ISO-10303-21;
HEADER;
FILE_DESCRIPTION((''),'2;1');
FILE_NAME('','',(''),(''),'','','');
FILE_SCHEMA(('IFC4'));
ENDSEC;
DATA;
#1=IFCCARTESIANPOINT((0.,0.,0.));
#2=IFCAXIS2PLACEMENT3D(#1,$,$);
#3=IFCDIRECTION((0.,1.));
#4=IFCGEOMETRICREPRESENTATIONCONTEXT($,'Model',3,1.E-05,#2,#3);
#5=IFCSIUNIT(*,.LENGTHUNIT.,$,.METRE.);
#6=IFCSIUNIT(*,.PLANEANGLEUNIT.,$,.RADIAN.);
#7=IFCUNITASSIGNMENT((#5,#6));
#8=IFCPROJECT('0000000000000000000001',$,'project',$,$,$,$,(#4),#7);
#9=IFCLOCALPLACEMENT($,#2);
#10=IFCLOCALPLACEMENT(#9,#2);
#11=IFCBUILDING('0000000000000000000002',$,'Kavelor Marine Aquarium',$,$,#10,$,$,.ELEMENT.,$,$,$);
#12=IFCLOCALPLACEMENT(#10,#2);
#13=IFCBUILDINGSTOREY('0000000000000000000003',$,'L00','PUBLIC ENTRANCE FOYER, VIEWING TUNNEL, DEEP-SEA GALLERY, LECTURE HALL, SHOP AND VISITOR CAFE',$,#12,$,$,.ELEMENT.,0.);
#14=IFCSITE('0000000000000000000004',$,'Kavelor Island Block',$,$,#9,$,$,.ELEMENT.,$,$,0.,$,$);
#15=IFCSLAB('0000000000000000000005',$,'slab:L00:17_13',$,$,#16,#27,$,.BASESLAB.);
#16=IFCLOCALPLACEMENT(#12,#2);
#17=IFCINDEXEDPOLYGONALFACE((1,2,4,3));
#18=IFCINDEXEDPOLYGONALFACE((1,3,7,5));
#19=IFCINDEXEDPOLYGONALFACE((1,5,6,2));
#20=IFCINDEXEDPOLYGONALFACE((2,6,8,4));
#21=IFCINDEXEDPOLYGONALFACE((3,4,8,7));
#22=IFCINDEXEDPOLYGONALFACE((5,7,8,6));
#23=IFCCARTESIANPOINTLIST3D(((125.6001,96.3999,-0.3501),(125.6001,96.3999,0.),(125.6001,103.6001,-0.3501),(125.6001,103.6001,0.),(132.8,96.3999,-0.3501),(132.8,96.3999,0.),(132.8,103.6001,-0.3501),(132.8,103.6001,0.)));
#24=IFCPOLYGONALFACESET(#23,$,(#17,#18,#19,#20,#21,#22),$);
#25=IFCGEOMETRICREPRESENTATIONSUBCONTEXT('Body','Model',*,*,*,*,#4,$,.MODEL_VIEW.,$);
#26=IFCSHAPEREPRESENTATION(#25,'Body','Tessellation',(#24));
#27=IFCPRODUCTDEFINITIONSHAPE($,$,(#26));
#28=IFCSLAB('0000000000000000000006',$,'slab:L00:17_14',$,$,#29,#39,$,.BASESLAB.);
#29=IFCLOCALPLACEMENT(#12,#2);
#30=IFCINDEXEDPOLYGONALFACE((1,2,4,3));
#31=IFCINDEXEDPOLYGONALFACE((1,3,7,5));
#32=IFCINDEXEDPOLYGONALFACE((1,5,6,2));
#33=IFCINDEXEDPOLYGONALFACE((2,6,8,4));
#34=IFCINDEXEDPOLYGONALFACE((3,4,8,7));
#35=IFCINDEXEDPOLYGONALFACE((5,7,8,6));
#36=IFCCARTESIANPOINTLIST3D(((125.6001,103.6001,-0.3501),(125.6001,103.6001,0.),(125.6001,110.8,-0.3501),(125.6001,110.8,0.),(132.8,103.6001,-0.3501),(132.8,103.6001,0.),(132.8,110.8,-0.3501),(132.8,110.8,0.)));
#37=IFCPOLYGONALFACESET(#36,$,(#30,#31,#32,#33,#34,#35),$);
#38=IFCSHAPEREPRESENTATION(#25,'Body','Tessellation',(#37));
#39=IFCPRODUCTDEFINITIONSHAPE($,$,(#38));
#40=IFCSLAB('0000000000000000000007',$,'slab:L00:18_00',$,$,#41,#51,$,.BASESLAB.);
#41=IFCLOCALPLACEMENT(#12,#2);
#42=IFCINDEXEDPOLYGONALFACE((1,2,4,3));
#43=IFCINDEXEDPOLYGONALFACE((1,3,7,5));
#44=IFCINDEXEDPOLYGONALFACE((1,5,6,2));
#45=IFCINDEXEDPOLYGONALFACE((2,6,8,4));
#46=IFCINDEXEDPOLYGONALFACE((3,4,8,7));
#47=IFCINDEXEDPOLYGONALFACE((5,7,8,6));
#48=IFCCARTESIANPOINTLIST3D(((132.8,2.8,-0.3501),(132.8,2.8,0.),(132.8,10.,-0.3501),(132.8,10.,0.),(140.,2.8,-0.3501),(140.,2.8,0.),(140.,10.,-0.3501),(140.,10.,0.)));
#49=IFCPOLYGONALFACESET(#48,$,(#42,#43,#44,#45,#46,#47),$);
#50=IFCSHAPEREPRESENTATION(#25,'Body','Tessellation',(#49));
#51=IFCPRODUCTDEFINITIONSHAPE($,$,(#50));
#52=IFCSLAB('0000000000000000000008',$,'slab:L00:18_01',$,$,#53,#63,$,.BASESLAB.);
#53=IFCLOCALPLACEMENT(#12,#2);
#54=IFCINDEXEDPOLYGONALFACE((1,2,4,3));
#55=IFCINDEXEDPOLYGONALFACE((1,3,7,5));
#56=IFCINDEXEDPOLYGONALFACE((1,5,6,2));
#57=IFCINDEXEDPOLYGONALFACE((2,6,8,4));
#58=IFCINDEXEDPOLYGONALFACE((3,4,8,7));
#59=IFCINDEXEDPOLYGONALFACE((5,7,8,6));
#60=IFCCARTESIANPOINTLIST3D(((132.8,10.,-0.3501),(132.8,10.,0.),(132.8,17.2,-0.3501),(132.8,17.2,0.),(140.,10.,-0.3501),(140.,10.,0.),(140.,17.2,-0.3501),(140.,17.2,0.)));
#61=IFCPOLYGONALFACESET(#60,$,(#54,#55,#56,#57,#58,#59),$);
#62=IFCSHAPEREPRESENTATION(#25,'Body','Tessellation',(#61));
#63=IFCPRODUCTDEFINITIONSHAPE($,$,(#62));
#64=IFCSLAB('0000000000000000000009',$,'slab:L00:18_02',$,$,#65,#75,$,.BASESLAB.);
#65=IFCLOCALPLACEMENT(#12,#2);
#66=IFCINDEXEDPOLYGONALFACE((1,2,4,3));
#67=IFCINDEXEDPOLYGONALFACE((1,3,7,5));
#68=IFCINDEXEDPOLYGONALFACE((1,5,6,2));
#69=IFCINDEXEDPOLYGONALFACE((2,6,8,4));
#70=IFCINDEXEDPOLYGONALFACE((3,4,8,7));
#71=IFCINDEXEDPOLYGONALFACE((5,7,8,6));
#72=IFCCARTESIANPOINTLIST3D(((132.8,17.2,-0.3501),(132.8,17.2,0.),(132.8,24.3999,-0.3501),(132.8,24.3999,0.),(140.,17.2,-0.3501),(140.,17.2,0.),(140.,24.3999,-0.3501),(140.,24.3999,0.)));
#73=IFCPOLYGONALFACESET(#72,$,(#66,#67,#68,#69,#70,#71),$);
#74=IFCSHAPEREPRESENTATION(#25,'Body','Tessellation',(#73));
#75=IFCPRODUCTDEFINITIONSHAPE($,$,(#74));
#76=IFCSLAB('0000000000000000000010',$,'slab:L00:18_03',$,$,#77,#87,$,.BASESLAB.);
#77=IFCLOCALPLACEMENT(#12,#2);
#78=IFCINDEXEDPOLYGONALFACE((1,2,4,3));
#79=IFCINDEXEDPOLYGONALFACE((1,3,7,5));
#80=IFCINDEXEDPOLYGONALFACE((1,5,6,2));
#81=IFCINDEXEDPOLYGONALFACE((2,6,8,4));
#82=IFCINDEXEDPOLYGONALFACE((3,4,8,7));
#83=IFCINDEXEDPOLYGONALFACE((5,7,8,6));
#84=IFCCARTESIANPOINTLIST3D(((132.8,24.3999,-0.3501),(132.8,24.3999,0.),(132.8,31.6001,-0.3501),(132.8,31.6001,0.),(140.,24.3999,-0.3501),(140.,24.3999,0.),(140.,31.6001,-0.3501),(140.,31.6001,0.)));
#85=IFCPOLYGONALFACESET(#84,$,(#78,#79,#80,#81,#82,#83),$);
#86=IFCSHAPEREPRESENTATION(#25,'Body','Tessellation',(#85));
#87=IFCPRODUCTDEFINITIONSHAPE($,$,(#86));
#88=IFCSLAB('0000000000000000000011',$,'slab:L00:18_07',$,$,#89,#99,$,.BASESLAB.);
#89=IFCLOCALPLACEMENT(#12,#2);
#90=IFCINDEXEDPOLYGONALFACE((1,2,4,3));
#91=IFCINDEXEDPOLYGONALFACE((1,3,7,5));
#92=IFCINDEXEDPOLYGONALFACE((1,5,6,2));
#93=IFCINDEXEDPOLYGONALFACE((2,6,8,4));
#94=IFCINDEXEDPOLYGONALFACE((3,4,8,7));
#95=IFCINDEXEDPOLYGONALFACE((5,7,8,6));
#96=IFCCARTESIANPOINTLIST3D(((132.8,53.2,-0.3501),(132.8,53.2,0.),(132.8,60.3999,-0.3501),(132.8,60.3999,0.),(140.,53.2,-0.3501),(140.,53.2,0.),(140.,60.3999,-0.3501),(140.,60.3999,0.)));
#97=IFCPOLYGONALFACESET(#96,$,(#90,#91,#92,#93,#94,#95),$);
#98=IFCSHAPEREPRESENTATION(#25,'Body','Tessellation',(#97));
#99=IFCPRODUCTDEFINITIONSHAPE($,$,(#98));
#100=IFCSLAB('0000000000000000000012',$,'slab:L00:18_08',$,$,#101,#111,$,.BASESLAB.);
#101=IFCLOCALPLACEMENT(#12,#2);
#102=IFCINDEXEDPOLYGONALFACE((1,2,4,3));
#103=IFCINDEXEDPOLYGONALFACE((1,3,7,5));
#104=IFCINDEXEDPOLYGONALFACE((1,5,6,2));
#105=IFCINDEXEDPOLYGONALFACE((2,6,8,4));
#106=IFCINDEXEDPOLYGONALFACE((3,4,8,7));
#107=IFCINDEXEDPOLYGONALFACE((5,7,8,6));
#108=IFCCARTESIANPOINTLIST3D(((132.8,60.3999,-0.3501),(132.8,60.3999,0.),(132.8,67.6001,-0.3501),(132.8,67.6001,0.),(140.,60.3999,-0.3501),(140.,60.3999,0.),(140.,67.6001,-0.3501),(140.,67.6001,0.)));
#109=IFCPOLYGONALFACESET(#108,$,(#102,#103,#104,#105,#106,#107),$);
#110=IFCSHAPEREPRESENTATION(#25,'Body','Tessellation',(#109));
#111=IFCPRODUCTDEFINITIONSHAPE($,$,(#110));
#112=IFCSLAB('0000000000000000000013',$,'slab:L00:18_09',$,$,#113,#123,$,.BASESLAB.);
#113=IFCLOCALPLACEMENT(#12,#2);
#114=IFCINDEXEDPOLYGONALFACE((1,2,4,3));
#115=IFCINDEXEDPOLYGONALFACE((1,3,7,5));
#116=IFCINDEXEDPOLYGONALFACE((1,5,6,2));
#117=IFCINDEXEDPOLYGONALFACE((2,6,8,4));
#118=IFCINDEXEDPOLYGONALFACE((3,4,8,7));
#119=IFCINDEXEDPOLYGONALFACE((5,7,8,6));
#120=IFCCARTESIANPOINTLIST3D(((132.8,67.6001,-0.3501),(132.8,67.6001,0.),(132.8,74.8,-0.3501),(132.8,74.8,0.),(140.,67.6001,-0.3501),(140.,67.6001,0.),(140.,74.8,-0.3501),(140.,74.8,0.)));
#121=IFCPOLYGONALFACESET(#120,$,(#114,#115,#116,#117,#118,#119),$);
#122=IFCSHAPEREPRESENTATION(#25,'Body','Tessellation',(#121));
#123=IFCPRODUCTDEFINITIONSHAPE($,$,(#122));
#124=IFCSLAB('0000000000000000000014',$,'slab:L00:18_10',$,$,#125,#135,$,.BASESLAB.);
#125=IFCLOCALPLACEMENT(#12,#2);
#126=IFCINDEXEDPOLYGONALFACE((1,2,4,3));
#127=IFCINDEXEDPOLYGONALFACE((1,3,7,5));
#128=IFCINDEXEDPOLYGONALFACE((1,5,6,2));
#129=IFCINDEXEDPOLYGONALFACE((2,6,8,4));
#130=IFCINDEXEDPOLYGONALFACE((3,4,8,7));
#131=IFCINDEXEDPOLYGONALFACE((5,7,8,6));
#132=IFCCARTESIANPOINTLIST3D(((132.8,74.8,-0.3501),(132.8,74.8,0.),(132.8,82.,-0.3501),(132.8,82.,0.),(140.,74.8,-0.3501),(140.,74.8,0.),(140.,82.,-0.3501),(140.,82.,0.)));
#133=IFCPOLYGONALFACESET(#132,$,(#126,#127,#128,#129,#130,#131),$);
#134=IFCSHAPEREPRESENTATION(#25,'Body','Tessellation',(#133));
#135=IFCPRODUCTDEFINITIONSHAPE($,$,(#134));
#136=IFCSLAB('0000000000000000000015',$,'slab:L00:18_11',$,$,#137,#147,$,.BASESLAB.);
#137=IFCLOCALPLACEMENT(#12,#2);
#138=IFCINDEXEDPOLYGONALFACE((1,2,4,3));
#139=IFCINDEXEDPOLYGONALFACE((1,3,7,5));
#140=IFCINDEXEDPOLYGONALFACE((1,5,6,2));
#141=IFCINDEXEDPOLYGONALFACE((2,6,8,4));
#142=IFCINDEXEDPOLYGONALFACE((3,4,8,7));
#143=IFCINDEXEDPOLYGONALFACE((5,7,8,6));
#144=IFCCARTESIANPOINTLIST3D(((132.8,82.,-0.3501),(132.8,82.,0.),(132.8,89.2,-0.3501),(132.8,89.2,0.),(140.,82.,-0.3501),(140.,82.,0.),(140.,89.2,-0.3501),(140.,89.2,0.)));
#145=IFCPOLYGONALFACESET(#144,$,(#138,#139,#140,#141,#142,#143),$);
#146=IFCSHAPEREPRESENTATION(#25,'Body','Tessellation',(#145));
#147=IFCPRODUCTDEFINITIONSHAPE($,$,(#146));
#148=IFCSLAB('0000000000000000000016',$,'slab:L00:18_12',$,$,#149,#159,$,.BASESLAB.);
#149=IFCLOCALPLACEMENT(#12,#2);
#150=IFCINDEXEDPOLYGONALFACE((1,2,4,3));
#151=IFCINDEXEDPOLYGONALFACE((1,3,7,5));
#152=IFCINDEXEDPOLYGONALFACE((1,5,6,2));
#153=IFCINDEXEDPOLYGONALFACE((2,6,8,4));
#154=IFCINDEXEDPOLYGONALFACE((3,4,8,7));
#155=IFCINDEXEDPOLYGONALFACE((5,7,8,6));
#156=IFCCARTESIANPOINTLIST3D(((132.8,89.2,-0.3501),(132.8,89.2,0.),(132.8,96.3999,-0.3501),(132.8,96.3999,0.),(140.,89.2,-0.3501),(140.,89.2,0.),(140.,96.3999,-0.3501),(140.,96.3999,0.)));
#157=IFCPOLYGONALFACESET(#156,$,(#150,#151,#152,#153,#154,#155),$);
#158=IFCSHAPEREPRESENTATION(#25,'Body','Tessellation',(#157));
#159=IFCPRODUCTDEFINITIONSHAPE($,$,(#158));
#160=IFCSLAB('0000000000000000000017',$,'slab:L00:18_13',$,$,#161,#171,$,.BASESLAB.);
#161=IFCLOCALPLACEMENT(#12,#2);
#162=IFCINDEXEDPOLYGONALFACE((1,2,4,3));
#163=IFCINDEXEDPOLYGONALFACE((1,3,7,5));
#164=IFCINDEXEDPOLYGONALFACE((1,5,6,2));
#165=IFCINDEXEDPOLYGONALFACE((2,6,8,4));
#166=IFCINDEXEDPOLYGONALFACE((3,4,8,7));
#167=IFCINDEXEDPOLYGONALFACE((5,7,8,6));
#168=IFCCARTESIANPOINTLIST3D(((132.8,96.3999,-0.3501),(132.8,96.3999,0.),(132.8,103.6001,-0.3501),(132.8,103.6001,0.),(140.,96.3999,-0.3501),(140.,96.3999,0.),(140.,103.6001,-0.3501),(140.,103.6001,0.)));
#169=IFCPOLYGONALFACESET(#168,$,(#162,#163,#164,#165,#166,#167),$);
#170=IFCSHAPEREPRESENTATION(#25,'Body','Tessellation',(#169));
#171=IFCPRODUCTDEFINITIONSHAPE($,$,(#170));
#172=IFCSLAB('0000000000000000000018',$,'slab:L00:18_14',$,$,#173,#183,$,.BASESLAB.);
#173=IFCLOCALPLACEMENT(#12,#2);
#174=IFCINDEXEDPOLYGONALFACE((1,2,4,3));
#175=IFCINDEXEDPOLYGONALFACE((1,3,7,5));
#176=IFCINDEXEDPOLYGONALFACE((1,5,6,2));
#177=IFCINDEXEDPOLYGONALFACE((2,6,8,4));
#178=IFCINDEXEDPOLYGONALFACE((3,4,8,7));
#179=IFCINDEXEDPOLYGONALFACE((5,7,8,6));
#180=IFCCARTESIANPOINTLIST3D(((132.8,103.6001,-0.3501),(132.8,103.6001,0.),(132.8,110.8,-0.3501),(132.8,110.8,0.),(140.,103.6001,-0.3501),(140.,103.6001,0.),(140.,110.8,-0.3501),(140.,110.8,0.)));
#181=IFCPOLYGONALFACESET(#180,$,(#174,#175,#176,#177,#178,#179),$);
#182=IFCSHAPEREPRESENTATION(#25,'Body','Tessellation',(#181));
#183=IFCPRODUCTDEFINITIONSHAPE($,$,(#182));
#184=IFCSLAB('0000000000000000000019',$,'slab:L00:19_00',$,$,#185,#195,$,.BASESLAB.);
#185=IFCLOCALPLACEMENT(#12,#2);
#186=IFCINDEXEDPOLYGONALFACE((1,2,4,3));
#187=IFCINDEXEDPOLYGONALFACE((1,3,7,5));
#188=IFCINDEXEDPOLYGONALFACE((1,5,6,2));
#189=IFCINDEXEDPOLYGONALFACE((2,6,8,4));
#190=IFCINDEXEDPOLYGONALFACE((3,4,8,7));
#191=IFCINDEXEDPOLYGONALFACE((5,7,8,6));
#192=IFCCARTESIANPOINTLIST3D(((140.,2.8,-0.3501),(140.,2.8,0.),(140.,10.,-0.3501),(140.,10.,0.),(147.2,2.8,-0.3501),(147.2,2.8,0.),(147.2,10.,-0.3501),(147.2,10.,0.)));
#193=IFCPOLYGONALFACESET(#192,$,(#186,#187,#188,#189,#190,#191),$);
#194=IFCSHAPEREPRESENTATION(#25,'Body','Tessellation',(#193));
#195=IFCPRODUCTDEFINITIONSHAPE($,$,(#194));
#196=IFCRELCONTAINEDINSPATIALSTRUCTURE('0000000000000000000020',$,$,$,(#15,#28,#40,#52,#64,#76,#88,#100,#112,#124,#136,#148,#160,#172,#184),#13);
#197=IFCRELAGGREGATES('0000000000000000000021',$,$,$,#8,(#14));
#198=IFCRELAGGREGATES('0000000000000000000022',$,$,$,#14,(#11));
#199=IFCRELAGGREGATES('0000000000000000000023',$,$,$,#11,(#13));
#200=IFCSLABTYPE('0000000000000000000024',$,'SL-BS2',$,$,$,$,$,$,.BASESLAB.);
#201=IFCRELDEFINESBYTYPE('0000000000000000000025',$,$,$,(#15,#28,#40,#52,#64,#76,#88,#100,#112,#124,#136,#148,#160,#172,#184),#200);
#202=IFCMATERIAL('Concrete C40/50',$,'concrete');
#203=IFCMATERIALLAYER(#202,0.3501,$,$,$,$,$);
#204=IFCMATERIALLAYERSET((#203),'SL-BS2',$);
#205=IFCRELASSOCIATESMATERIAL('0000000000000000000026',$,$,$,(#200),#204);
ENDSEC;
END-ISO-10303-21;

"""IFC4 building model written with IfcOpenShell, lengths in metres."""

from ifc_helpers import new_model, si_unit, direction, frame, origin, place, context, subcontext, project, spatial, polyline, outline, extrude, material, layer, layer_set, type_object, element, save


model = new_model("IFC4")

# Units and contexts
model_context = context("Model", 3, precision=1e-05, world=origin(), true_north=direction((0.0, 1.0)))
body_context = subcontext(model_context, "Body", "Model", "MODEL_VIEW")
ifc_project = project(units=[si_unit("LENGTHUNIT", "METRE"), si_unit("PLANEANGLEUNIT", "RADIAN")], contexts=[model_context])

# Site, building, storey
site_placement = place(None, origin())
site = spatial("IfcSite", under=ifc_project, at=site_placement, Name="Kavelor Island Block", CompositionType="ELEMENT", RefElevation=0.0)
building_placement = place(site_placement, origin())
building = spatial("IfcBuilding", under=site, at=building_placement, Name="Kavelor Marine Aquarium", CompositionType="ELEMENT")
storey_placement = place(building_placement, origin())
storey = spatial("IfcBuildingStorey", under=building, at=storey_placement, Name="L00", Description="PUBLIC ENTRANCE FOYER, VIEWING TUNNEL, DEEP-SEA GALLERY, LECTURE HALL, SHOP AND VISITOR CAFE", CompositionType="ELEMENT", Elevation=0.0)

# Slabs
ifc_material = material(Name="Concrete C40/50", Category="concrete")
ifc_layer = layer(ifc_material, 0.3501)
ifc_layer_set = layer_set([ifc_layer], Name="SL-BS2")
slab_type = type_object("IfcSlabType", Name="SL-BS2", PredefinedType="BASESLAB", material=ifc_layer_set)
slab_1_placement = place(storey_placement, frame((0.0, 0.0, -0.3501)))
element("IfcSlab", 1, at=slab_1_placement, inside=storey, type_object=slab_type, Name="slab:L00:17_13", PredefinedType="BASESLAB", context=body_context, shape_type="SweptSolid", body=[
    extrude(outline(polyline([(125.6001, 96.3999), (132.8, 96.3999), (132.8, 103.6001), (125.6001, 103.6001), (125.6001, 96.3999)])), origin(), (0.0, 0.0, 1.0), 0.3501),
])
slab_2_placement = place(storey_placement, frame((0.0, 0.0, -0.3501)))
element("IfcSlab", 2, at=slab_2_placement, inside=storey, type_object=slab_type, Name="slab:L00:17_14", PredefinedType="BASESLAB", context=body_context, shape_type="SweptSolid", body=[
    extrude(outline(polyline([(125.6001, 103.6001), (132.8, 103.6001), (132.8, 110.8), (125.6001, 110.8), (125.6001, 103.6001)])), origin(), (0.0, 0.0, 1.0), 0.3501),
])
slab_3_placement = place(storey_placement, frame((0.0, 0.0, -0.3501)))
element("IfcSlab", 3, at=slab_3_placement, inside=storey, type_object=slab_type, Name="slab:L00:18_00", PredefinedType="BASESLAB", context=body_context, shape_type="SweptSolid", body=[
    extrude(outline(polyline([(132.8, 2.8), (140.0, 2.8), (140.0, 10.0), (132.8, 10.0), (132.8, 2.8)])), origin(), (0.0, 0.0, 1.0), 0.3501),
])
slab_4_placement = place(storey_placement, frame((0.0, 0.0, -0.3501)))
element("IfcSlab", 4, at=slab_4_placement, inside=storey, type_object=slab_type, Name="slab:L00:18_01", PredefinedType="BASESLAB", context=body_context, shape_type="SweptSolid", body=[
    extrude(outline(polyline([(132.8, 10.0), (140.0, 10.0), (140.0, 17.2), (132.8, 17.2), (132.8, 10.0)])), origin(), (0.0, 0.0, 1.0), 0.3501),
])
slab_5_placement = place(storey_placement, frame((0.0, 0.0, -0.3501)))
element("IfcSlab", 5, at=slab_5_placement, inside=storey, type_object=slab_type, Name="slab:L00:18_02", PredefinedType="BASESLAB", context=body_context, shape_type="SweptSolid", body=[
    extrude(outline(polyline([(132.8, 17.2), (140.0, 17.2), (140.0, 24.3999), (132.8, 24.3999), (132.8, 17.2)])), origin(), (0.0, 0.0, 1.0), 0.3501),
])
slab_6_placement = place(storey_placement, frame((0.0, 0.0, -0.3501)))
element("IfcSlab", 6, at=slab_6_placement, inside=storey, type_object=slab_type, Name="slab:L00:18_03", PredefinedType="BASESLAB", context=body_context, shape_type="SweptSolid", body=[
    extrude(outline(polyline([(132.8, 24.3999), (140.0, 24.3999), (140.0, 31.6001), (132.8, 31.6001), (132.8, 24.3999)])), origin(), (0.0, 0.0, 1.0), 0.3501),
])
slab_7_placement = place(storey_placement, frame((0.0, 0.0, -0.3501)))
element("IfcSlab", 7, at=slab_7_placement, inside=storey, type_object=slab_type, Name="slab:L00:18_07", PredefinedType="BASESLAB", context=body_context, shape_type="SweptSolid", body=[
    extrude(outline(polyline([(132.8, 53.2), (140.0, 53.2), (140.0, 60.3999), (132.8, 60.3999), (132.8, 53.2)])), origin(), (0.0, 0.0, 1.0), 0.3501),
])
slab_8_placement = place(storey_placement, frame((0.0, 0.0, -0.3501)))
element("IfcSlab", 8, at=slab_8_placement, inside=storey, type_object=slab_type, Name="slab:L00:18_08", PredefinedType="BASESLAB", context=body_context, shape_type="SweptSolid", body=[
    extrude(outline(polyline([(132.8, 60.3999), (140.0, 60.3999), (140.0, 67.6001), (132.8, 67.6001), (132.8, 60.3999)])), origin(), (0.0, 0.0, 1.0), 0.3501),
])
slab_9_placement = place(storey_placement, frame((0.0, 0.0, -0.3501)))
element("IfcSlab", 9, at=slab_9_placement, inside=storey, type_object=slab_type, Name="slab:L00:18_09", PredefinedType="BASESLAB", context=body_context, shape_type="SweptSolid", body=[
    extrude(outline(polyline([(132.8, 67.6001), (140.0, 67.6001), (140.0, 74.8), (132.8, 74.8), (132.8, 67.6001)])), origin(), (0.0, 0.0, 1.0), 0.3501),
])
slab_10_placement = place(storey_placement, frame((0.0, 0.0, -0.3501)))
element("IfcSlab", 10, at=slab_10_placement, inside=storey, type_object=slab_type, Name="slab:L00:18_10", PredefinedType="BASESLAB", context=body_context, shape_type="SweptSolid", body=[
    extrude(outline(polyline([(132.8, 74.8), (140.0, 74.8), (140.0, 82.0), (132.8, 82.0), (132.8, 74.8)])), origin(), (0.0, 0.0, 1.0), 0.3501),
])
slab_11_placement = place(storey_placement, frame((0.0, 0.0, -0.3501)))
element("IfcSlab", 11, at=slab_11_placement, inside=storey, type_object=slab_type, Name="slab:L00:18_11", PredefinedType="BASESLAB", context=body_context, shape_type="SweptSolid", body=[
    extrude(outline(polyline([(132.8, 82.0), (140.0, 82.0), (140.0, 89.2), (132.8, 89.2), (132.8, 82.0)])), origin(), (0.0, 0.0, 1.0), 0.3501),
])
slab_12_placement = place(storey_placement, frame((0.0, 0.0, -0.3501)))
element("IfcSlab", 12, at=slab_12_placement, inside=storey, type_object=slab_type, Name="slab:L00:18_12", PredefinedType="BASESLAB", context=body_context, shape_type="SweptSolid", body=[
    extrude(outline(polyline([(132.8, 89.2), (140.0, 89.2), (140.0, 96.3999), (132.8, 96.3999), (132.8, 89.2)])), origin(), (0.0, 0.0, 1.0), 0.3501),
])
slab_13_placement = place(storey_placement, frame((0.0, 0.0, -0.3501)))
element("IfcSlab", 13, at=slab_13_placement, inside=storey, type_object=slab_type, Name="slab:L00:18_13", PredefinedType="BASESLAB", context=body_context, shape_type="SweptSolid", body=[
    extrude(outline(polyline([(132.8, 96.3999), (140.0, 96.3999), (140.0, 103.6001), (132.8, 103.6001), (132.8, 96.3999)])), origin(), (0.0, 0.0, 1.0), 0.3501),
])
slab_14_placement = place(storey_placement, frame((0.0, 0.0, -0.3501)))
element("IfcSlab", 14, at=slab_14_placement, inside=storey, type_object=slab_type, Name="slab:L00:18_14", PredefinedType="BASESLAB", context=body_context, shape_type="SweptSolid", body=[
    extrude(outline(polyline([(132.8, 103.6001), (140.0, 103.6001), (140.0, 110.8), (132.8, 110.8), (132.8, 103.6001)])), origin(), (0.0, 0.0, 1.0), 0.3501),
])
slab_15_placement = place(storey_placement, frame((0.0, 0.0, -0.3501)))
element("IfcSlab", 15, at=slab_15_placement, inside=storey, type_object=slab_type, Name="slab:L00:19_00", PredefinedType="BASESLAB", context=body_context, shape_type="SweptSolid", body=[
    extrude(outline(polyline([(140.0, 2.8), (147.2, 2.8), (147.2, 10.0), (140.0, 10.0), (140.0, 2.8)])), origin(), (0.0, 0.0, 1.0), 0.3501),
])

save(model, "model.ifc")
